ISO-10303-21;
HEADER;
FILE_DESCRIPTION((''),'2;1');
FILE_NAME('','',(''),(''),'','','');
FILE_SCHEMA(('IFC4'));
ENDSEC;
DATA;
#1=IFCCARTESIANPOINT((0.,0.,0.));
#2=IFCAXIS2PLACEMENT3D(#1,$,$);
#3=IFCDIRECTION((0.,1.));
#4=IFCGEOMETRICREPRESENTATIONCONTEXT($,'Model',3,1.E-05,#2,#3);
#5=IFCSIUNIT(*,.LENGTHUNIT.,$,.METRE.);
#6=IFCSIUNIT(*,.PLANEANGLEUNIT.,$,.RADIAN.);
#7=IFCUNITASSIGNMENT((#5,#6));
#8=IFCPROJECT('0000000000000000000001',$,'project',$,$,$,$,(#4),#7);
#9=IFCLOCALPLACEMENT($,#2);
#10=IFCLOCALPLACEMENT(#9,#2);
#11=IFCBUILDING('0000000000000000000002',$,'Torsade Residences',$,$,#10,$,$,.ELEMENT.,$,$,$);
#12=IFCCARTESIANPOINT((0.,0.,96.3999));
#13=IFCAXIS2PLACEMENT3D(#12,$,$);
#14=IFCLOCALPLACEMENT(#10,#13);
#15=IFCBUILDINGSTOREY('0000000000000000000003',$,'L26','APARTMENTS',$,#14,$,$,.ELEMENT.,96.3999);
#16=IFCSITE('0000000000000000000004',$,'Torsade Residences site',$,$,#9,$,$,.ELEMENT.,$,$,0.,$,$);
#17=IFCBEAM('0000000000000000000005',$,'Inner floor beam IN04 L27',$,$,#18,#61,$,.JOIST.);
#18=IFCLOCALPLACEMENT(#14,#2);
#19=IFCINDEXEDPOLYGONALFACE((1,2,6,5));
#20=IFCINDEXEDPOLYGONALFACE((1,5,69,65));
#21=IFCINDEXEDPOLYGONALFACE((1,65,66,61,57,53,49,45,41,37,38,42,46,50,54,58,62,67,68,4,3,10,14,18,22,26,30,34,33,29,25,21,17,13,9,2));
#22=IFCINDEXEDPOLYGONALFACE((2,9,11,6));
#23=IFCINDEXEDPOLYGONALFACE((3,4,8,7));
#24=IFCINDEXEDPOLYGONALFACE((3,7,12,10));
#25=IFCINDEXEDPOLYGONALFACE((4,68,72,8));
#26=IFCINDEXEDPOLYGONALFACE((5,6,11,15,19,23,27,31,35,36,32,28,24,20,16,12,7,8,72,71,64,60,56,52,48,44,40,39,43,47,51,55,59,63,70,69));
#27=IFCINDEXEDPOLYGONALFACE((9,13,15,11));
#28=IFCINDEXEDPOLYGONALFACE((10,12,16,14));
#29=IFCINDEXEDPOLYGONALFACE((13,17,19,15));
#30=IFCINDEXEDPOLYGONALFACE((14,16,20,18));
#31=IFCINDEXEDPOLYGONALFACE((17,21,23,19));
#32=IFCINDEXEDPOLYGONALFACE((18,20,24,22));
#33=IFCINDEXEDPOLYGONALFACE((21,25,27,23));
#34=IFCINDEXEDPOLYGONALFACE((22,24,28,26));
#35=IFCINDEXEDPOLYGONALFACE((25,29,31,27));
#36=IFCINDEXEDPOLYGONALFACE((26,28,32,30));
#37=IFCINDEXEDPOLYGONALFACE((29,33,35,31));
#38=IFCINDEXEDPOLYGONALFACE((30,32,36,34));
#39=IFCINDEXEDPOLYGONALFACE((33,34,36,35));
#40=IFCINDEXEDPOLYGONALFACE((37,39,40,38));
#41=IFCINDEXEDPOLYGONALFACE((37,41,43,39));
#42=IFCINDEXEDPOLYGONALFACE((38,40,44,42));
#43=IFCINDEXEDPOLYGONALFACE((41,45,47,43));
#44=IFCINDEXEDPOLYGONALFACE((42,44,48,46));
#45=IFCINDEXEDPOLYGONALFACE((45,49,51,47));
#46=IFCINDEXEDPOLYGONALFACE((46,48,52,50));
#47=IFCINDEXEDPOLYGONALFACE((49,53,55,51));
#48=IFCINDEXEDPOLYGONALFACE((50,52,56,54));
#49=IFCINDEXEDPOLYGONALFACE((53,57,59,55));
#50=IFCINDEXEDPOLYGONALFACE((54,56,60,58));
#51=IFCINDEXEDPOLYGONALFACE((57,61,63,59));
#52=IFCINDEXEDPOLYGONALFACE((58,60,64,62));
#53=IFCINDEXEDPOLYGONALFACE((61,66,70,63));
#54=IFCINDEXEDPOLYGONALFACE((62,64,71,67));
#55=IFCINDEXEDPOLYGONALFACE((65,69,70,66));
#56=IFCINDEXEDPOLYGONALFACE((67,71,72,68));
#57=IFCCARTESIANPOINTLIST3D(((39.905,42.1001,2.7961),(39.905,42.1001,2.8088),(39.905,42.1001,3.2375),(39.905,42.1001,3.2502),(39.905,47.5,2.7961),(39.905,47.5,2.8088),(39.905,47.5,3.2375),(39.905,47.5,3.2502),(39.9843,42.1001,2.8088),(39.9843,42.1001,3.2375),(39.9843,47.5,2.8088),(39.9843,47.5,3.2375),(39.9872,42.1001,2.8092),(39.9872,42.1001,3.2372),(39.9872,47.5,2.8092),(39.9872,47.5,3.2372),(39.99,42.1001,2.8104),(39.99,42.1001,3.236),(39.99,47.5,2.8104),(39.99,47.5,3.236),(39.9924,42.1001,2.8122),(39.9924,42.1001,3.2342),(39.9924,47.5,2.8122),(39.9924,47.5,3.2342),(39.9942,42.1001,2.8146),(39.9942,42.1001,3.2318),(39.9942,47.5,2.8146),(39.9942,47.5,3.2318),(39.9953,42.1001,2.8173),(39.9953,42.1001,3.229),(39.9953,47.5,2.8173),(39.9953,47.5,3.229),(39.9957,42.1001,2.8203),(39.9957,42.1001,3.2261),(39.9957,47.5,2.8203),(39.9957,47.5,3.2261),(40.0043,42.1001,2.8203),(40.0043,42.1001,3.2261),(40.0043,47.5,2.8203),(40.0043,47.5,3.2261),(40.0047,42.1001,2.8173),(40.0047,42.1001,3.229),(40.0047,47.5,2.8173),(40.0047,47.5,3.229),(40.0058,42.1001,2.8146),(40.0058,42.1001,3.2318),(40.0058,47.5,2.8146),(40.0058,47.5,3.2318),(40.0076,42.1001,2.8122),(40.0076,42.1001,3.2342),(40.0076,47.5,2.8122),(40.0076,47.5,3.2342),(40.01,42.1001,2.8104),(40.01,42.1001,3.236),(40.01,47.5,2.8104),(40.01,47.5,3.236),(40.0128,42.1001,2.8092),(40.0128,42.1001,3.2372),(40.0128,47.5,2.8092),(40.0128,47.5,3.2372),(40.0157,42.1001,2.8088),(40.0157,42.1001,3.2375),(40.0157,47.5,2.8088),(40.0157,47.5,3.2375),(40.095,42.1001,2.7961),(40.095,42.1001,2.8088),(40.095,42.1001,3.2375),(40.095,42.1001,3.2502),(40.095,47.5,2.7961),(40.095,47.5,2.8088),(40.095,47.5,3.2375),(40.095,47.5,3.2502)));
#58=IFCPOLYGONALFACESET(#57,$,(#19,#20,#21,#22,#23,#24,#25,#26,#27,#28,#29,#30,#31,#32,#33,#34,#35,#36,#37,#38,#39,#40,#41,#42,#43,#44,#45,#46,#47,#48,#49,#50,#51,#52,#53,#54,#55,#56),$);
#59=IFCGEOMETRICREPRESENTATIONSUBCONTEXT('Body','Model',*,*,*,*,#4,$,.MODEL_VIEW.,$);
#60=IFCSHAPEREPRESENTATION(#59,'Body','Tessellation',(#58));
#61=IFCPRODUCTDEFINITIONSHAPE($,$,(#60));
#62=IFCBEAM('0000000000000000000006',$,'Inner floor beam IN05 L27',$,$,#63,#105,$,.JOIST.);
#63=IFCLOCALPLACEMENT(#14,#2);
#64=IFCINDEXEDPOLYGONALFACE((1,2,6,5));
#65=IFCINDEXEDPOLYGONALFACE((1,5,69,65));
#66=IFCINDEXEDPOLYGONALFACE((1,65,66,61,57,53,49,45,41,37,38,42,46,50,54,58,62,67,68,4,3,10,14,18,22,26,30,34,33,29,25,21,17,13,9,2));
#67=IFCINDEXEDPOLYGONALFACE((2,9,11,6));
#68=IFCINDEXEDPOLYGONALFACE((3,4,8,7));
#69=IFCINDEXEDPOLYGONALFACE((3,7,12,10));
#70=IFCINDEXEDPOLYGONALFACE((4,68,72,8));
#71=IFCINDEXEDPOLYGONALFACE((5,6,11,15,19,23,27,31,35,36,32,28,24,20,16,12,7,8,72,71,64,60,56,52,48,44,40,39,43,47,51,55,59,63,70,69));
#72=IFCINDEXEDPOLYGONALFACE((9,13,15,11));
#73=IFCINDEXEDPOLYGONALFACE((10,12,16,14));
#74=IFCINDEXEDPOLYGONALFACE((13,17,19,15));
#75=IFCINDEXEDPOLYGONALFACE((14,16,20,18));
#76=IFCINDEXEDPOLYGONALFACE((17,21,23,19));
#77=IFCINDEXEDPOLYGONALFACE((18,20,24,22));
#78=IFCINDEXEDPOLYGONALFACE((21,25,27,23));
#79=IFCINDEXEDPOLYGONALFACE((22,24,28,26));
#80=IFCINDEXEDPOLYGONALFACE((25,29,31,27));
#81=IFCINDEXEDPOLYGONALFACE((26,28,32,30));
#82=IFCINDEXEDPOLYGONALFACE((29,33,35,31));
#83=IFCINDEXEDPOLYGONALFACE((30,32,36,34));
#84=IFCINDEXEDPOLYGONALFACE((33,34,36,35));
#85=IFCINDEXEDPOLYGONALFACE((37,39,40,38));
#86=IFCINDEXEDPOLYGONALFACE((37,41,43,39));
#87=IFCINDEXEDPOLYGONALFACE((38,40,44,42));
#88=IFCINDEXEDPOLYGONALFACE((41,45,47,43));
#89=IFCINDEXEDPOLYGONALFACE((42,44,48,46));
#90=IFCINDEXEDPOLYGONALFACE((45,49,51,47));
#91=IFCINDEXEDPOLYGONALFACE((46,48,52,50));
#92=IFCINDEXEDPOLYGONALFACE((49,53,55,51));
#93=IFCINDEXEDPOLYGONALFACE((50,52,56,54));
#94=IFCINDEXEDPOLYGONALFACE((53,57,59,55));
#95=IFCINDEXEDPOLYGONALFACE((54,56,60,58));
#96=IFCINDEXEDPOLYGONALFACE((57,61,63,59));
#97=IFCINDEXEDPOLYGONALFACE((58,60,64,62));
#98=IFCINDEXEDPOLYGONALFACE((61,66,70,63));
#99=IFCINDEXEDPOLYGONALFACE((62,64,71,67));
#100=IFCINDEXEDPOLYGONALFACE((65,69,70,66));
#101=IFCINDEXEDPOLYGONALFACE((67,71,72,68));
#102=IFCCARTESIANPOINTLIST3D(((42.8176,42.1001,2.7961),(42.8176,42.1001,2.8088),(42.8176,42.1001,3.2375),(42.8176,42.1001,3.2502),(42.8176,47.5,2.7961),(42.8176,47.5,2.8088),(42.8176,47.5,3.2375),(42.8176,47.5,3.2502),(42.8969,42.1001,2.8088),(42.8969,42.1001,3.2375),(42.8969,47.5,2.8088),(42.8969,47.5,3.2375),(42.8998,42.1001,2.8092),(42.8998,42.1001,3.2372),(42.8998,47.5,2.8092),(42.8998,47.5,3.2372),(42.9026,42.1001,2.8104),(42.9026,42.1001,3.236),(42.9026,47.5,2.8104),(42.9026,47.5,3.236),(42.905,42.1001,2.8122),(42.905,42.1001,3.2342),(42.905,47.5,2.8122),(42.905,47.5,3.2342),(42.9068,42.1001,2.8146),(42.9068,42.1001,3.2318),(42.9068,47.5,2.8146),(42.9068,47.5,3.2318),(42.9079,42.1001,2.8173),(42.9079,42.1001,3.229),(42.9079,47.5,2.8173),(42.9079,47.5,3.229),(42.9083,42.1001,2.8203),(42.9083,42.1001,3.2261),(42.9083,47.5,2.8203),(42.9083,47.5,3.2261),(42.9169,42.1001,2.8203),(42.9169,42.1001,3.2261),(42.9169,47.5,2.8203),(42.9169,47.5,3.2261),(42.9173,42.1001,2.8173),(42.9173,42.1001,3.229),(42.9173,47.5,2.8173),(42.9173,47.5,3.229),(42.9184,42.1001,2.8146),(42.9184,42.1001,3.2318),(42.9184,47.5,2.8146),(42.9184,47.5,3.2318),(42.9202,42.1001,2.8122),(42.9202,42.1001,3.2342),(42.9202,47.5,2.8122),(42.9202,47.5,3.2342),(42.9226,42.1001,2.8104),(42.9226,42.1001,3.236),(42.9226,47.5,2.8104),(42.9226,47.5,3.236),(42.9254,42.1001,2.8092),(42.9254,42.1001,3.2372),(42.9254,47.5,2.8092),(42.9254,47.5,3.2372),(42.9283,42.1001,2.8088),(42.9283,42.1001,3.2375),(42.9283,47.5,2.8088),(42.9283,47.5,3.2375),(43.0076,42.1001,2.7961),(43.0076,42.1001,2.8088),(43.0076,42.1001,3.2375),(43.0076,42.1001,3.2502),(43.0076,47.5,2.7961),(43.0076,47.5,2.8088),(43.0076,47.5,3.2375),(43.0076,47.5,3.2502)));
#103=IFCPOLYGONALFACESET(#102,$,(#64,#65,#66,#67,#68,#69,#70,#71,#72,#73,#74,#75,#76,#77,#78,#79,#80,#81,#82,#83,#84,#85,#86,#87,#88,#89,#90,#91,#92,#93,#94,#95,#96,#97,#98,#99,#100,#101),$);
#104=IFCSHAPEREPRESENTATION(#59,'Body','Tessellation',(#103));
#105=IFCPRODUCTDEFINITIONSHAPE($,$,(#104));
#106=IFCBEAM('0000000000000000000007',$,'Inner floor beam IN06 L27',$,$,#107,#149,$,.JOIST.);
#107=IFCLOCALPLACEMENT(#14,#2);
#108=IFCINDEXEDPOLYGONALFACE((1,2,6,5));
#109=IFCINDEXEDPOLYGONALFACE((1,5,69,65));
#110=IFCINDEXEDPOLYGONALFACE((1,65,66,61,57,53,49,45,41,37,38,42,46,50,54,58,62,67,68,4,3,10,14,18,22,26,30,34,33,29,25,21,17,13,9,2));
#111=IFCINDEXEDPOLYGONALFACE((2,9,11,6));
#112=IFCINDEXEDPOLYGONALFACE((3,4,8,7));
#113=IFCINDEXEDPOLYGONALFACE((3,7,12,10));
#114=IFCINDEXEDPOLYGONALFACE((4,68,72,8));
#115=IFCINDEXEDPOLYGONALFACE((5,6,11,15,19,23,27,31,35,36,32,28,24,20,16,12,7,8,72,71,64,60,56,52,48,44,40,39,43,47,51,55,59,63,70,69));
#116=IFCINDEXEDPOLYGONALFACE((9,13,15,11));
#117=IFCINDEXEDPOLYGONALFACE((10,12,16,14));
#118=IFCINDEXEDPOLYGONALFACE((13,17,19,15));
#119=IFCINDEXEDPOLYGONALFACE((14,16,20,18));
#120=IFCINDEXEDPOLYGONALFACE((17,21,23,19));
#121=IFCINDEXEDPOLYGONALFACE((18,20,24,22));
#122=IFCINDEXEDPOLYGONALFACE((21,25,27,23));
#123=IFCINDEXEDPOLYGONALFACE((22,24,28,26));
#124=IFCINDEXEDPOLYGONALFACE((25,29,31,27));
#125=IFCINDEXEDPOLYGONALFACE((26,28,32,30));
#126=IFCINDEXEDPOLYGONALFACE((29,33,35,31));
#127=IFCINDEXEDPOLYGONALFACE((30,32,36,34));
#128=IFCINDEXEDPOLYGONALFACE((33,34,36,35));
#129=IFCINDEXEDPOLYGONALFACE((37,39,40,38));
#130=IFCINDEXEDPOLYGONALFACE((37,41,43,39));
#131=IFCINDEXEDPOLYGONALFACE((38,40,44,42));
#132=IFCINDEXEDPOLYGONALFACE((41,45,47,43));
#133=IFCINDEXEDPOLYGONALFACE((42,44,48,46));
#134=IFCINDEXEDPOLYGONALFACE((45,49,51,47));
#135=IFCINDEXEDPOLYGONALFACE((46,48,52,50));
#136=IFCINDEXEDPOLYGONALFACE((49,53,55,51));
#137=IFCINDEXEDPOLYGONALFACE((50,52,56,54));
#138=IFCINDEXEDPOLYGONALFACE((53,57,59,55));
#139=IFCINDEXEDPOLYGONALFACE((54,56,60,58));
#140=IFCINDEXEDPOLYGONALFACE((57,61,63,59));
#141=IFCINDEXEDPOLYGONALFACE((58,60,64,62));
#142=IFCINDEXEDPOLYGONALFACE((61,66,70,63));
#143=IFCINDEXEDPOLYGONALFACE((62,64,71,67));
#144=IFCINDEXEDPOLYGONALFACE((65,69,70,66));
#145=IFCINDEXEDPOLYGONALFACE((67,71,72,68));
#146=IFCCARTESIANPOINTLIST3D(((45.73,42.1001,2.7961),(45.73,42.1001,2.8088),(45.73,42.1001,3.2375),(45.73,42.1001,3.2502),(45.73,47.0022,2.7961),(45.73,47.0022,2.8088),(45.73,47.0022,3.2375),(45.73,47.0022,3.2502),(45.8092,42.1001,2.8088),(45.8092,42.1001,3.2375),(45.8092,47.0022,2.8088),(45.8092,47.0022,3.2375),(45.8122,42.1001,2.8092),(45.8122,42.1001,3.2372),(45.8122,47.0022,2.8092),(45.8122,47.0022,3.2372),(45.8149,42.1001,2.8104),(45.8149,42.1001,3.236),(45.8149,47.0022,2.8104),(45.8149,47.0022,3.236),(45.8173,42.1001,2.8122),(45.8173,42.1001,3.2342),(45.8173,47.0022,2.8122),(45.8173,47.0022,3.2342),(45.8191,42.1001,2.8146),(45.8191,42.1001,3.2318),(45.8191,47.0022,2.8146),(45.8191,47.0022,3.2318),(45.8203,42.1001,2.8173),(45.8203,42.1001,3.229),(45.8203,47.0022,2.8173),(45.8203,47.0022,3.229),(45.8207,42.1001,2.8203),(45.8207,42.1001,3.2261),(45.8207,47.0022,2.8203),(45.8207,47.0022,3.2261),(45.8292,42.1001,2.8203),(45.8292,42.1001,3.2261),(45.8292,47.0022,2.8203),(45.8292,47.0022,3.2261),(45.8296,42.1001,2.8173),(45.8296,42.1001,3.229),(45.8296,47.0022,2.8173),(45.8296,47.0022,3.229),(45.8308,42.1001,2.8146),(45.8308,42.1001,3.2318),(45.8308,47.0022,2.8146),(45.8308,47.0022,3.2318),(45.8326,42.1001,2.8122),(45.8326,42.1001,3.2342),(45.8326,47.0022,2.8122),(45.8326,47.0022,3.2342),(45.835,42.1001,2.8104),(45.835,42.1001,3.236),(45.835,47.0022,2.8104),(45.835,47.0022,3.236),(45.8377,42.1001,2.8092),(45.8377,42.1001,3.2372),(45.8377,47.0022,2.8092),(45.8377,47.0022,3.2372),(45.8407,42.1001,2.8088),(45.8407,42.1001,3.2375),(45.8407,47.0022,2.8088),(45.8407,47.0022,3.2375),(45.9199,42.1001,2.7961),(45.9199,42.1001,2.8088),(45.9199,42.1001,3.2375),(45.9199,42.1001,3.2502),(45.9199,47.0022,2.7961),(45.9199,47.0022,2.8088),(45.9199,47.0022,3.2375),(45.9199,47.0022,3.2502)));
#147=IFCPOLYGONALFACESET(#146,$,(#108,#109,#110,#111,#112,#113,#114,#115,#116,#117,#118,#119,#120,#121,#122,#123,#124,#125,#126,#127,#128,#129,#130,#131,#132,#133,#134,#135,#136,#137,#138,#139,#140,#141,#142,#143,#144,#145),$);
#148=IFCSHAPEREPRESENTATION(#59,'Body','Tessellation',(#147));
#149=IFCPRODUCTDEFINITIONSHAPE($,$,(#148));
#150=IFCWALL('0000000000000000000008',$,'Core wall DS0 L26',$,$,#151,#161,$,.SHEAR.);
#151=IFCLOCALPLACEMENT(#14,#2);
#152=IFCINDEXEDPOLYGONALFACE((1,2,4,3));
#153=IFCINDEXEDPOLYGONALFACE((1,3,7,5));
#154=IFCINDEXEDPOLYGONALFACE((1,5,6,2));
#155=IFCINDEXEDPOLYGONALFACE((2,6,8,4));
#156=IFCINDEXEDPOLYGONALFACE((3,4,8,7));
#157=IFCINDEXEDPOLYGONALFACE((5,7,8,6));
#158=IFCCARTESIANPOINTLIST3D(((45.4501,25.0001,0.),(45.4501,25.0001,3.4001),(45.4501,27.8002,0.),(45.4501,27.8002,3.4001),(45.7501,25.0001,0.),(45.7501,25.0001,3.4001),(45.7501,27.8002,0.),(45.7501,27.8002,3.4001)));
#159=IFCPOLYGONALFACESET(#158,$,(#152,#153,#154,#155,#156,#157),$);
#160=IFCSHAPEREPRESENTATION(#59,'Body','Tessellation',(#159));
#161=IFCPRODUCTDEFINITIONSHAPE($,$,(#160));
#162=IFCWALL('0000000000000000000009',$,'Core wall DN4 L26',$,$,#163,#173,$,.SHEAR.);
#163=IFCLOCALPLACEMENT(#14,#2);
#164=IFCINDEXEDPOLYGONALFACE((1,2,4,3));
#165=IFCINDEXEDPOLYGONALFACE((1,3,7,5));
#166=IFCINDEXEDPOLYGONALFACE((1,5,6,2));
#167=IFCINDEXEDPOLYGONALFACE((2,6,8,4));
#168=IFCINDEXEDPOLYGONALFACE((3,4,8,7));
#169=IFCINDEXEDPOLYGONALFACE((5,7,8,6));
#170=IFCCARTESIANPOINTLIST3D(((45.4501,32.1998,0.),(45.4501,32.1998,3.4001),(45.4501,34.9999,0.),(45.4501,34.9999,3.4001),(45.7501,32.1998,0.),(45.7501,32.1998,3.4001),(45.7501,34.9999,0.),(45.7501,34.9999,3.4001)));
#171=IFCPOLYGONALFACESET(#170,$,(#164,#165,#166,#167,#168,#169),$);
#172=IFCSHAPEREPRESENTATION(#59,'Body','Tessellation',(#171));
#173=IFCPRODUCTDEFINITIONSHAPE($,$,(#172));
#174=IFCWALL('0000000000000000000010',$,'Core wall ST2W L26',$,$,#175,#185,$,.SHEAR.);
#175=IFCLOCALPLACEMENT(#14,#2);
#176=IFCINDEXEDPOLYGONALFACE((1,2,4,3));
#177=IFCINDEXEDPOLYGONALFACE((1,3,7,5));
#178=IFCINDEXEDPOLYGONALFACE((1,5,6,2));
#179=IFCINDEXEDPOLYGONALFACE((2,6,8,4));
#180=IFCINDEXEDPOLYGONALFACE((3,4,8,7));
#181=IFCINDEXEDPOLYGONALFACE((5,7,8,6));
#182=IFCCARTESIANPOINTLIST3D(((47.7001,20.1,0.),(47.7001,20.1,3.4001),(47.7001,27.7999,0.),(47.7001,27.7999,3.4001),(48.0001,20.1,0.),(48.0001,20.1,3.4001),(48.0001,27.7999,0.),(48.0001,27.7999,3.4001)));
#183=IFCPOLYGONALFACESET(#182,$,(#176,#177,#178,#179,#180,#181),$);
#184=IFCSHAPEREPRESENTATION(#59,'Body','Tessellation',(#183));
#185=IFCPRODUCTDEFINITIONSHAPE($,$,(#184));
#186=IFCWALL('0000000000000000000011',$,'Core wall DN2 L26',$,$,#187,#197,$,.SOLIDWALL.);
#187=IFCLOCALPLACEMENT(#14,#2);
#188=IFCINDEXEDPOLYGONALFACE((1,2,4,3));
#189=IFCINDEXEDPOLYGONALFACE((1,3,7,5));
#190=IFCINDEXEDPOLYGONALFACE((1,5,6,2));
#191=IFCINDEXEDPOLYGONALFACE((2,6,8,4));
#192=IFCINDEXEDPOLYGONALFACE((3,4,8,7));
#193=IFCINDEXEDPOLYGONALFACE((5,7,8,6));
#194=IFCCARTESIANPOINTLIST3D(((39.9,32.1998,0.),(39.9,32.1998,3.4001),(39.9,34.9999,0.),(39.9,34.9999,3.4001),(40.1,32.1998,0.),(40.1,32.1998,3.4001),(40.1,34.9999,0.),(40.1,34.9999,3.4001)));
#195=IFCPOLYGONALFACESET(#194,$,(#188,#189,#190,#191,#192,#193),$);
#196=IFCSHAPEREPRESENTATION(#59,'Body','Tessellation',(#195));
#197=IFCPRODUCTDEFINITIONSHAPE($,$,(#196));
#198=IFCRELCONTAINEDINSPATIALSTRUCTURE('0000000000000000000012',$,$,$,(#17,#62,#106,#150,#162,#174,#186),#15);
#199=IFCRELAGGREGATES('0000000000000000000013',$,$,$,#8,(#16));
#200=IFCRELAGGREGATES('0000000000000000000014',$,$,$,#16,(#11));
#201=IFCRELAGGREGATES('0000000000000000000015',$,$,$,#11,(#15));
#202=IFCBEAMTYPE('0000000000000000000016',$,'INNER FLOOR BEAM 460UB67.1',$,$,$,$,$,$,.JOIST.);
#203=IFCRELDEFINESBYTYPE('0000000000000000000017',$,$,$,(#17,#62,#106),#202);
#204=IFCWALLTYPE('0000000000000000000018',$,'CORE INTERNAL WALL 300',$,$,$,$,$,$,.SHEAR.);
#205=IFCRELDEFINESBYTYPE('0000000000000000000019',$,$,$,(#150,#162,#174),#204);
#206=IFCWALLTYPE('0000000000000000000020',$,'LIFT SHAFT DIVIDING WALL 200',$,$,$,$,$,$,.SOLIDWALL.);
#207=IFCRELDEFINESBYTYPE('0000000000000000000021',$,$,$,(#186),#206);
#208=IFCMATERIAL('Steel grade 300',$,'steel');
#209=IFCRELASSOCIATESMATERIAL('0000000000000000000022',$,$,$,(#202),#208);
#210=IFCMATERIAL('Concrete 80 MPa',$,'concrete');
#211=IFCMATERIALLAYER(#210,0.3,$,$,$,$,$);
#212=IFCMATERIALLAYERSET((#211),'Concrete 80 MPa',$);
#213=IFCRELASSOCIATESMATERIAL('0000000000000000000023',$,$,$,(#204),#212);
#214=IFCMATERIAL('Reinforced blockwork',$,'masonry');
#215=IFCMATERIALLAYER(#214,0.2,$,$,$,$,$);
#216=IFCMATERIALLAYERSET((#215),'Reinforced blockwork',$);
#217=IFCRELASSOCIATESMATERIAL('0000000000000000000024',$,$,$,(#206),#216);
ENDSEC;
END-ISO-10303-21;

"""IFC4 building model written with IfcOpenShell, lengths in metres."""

from ifc_helpers import new_model, si_unit, direction, frame, frame_2d, origin, origin_2d, place, context, subcontext, project, spatial, rectangle, i_section, extrude, material, layer, layer_set, material_profile, profile_set, type_object, element, save


model = new_model("IFC4")

# Units and contexts
model_context = context("Model", 3, precision=1e-05, world=origin(), true_north=direction((0.0, 1.0)))
body_context = subcontext(model_context, "Body", "Model", "MODEL_VIEW")
ifc_project = project(units=[si_unit("LENGTHUNIT", "METRE"), si_unit("PLANEANGLEUNIT", "RADIAN")], contexts=[model_context])

# Site, building, storey
site_placement = place(None, origin())
site = spatial("IfcSite", under=ifc_project, at=site_placement, Name="Torsade Residences site", CompositionType="ELEMENT", RefElevation=0.0)
building_placement = place(site_placement, origin())
building = spatial("IfcBuilding", under=site, at=building_placement, Name="Torsade Residences", CompositionType="ELEMENT")
storey_placement = place(building_placement, frame((0.0, 0.0, 96.3999)))
storey = spatial("IfcBuildingStorey", under=building, at=storey_placement, Name="L26", Description="APARTMENTS", CompositionType="ELEMENT", Elevation=96.3999)

# Beams
ifc_material_1 = material(Name="Steel grade 300", Category="steel")
ifc_material_profile = material_profile(ifc_material_1, i_section(OverallWidth=0.1899, OverallDepth=0.4541, WebThickness=0.0085, FlangeThickness=0.0127, FilletRadius=0.0115, at=origin_2d()), Name="460UB67.1")
ifc_profile_set = profile_set([ifc_material_profile], Name="Steel grade 300")
beam_type = type_object("IfcBeamType", Name="INNER FLOOR BEAM 460UB67.1", PredefinedType="JOIST", material=ifc_profile_set)
for number, where, z_axis, x_axis, name in (
    (1, (40.0, 42.1001, 3.0232), (0.0, 1.0, 0.0), (-1.0, 0.0, 0.0), "Inner floor beam IN04 L27"),
    (2, (42.9126, 42.1001, 3.0232), (0.0, 1.0, 0.0), (-1.0, 0.0, 0.0), "Inner floor beam IN05 L27"),
):
    element("IfcBeam", number, at=place(storey_placement, frame(where, z_axis=z_axis, x_axis=x_axis)), inside=storey, type_object=beam_type, Name=name, PredefinedType="JOIST", context=body_context, shape_type="SweptSolid", body=[
        extrude(i_section(OverallWidth=0.1899, OverallDepth=0.4541, WebThickness=0.0085, FlangeThickness=0.0127, FilletRadius=0.0115, at=origin_2d()), origin(), (0.0, 0.0, 1.0), 5.3999),
    ])
beam_placement = place(storey_placement, frame((45.825, 42.1001, 3.0232), z_axis=(0.0, 1.0, 0.0), x_axis=(-1.0, 0.0, 0.0)))
element("IfcBeam", 3, at=beam_placement, inside=storey, type_object=beam_type, Name="Inner floor beam IN06 L27", PredefinedType="JOIST", context=body_context, shape_type="SweptSolid", body=[
    extrude(i_section(OverallWidth=0.1899, OverallDepth=0.4541, WebThickness=0.0085, FlangeThickness=0.0127, FilletRadius=0.0115, at=origin_2d()), origin(), (0.0, 0.0, 1.0), 4.9021),
])

# Walls
ifc_material_2 = material(Name="Concrete 80 MPa", Category="concrete")
ifc_layer_1 = layer(ifc_material_2, 0.3)
ifc_layer_set_1 = layer_set([ifc_layer_1], Name="Concrete 80 MPa")
wall_type_1 = type_object("IfcWallType", Name="CORE INTERNAL WALL 300", PredefinedType="SHEAR", material=ifc_layer_set_1)
for number, where, z_axis, x_axis, name in (
    (4, (45.6001, 27.8, 0.0), (0.0, 0.0, 1.0), (0.0, -1.0, 0.0), "Core wall DS0 L26"),
    (5, (45.6001, 32.2, 0.0), (0.0, 0.0, 1.0), (0.0, 1.0, 0.0), "Core wall DN4 L26"),
):
    element("IfcWall", number, at=place(storey_placement, frame(where, z_axis=z_axis, x_axis=x_axis)), inside=storey, type_object=wall_type_1, Name=name, PredefinedType="SHEAR", context=body_context, shape_type="SweptSolid", body=[
        extrude(rectangle(XDim=2.8, YDim=0.3, at=frame_2d((1.3999, 0.0))), origin(), (0.0, 0.0, 1.0), 3.4001),
    ])
wall_1_placement = place(storey_placement, frame((47.8501, 27.8, 0.0), z_axis=(0.0, 0.0, 1.0), x_axis=(0.0, -1.0, 0.0)))
element("IfcWall", 6, at=wall_1_placement, inside=storey, type_object=wall_type_1, Name="Core wall ST2W L26", PredefinedType="SHEAR", context=body_context, shape_type="SweptSolid", body=[
    extrude(rectangle(XDim=7.7, YDim=0.3, at=frame_2d((3.8501, 0.0))), origin(), (0.0, 0.0, 1.0), 3.4001),
])
ifc_material_3 = material(Name="Reinforced blockwork", Category="masonry")
ifc_layer_2 = layer(ifc_material_3, 0.2)
ifc_layer_set_2 = layer_set([ifc_layer_2], Name="Reinforced blockwork")
wall_type_2 = type_object("IfcWallType", Name="LIFT SHAFT DIVIDING WALL 200", PredefinedType="SOLIDWALL", material=ifc_layer_set_2)
for number, where, z_axis, x_axis, name in (
    (7, (40.0, 32.2, 0.0), (0.0, 0.0, 1.0), (0.0, 1.0, 0.0), "Core wall DN2 L26"),
):
    element("IfcWall", number, at=place(storey_placement, frame(where, z_axis=z_axis, x_axis=x_axis)), inside=storey, type_object=wall_type_2, Name=name, PredefinedType="SOLIDWALL", context=body_context, shape_type="SweptSolid", body=[
        extrude(rectangle(XDim=2.8, YDim=0.2, at=frame_2d((1.3999, 0.0))), origin(), (0.0, 0.0, 1.0), 3.4001),
    ])

save(model, "model.ifc")
